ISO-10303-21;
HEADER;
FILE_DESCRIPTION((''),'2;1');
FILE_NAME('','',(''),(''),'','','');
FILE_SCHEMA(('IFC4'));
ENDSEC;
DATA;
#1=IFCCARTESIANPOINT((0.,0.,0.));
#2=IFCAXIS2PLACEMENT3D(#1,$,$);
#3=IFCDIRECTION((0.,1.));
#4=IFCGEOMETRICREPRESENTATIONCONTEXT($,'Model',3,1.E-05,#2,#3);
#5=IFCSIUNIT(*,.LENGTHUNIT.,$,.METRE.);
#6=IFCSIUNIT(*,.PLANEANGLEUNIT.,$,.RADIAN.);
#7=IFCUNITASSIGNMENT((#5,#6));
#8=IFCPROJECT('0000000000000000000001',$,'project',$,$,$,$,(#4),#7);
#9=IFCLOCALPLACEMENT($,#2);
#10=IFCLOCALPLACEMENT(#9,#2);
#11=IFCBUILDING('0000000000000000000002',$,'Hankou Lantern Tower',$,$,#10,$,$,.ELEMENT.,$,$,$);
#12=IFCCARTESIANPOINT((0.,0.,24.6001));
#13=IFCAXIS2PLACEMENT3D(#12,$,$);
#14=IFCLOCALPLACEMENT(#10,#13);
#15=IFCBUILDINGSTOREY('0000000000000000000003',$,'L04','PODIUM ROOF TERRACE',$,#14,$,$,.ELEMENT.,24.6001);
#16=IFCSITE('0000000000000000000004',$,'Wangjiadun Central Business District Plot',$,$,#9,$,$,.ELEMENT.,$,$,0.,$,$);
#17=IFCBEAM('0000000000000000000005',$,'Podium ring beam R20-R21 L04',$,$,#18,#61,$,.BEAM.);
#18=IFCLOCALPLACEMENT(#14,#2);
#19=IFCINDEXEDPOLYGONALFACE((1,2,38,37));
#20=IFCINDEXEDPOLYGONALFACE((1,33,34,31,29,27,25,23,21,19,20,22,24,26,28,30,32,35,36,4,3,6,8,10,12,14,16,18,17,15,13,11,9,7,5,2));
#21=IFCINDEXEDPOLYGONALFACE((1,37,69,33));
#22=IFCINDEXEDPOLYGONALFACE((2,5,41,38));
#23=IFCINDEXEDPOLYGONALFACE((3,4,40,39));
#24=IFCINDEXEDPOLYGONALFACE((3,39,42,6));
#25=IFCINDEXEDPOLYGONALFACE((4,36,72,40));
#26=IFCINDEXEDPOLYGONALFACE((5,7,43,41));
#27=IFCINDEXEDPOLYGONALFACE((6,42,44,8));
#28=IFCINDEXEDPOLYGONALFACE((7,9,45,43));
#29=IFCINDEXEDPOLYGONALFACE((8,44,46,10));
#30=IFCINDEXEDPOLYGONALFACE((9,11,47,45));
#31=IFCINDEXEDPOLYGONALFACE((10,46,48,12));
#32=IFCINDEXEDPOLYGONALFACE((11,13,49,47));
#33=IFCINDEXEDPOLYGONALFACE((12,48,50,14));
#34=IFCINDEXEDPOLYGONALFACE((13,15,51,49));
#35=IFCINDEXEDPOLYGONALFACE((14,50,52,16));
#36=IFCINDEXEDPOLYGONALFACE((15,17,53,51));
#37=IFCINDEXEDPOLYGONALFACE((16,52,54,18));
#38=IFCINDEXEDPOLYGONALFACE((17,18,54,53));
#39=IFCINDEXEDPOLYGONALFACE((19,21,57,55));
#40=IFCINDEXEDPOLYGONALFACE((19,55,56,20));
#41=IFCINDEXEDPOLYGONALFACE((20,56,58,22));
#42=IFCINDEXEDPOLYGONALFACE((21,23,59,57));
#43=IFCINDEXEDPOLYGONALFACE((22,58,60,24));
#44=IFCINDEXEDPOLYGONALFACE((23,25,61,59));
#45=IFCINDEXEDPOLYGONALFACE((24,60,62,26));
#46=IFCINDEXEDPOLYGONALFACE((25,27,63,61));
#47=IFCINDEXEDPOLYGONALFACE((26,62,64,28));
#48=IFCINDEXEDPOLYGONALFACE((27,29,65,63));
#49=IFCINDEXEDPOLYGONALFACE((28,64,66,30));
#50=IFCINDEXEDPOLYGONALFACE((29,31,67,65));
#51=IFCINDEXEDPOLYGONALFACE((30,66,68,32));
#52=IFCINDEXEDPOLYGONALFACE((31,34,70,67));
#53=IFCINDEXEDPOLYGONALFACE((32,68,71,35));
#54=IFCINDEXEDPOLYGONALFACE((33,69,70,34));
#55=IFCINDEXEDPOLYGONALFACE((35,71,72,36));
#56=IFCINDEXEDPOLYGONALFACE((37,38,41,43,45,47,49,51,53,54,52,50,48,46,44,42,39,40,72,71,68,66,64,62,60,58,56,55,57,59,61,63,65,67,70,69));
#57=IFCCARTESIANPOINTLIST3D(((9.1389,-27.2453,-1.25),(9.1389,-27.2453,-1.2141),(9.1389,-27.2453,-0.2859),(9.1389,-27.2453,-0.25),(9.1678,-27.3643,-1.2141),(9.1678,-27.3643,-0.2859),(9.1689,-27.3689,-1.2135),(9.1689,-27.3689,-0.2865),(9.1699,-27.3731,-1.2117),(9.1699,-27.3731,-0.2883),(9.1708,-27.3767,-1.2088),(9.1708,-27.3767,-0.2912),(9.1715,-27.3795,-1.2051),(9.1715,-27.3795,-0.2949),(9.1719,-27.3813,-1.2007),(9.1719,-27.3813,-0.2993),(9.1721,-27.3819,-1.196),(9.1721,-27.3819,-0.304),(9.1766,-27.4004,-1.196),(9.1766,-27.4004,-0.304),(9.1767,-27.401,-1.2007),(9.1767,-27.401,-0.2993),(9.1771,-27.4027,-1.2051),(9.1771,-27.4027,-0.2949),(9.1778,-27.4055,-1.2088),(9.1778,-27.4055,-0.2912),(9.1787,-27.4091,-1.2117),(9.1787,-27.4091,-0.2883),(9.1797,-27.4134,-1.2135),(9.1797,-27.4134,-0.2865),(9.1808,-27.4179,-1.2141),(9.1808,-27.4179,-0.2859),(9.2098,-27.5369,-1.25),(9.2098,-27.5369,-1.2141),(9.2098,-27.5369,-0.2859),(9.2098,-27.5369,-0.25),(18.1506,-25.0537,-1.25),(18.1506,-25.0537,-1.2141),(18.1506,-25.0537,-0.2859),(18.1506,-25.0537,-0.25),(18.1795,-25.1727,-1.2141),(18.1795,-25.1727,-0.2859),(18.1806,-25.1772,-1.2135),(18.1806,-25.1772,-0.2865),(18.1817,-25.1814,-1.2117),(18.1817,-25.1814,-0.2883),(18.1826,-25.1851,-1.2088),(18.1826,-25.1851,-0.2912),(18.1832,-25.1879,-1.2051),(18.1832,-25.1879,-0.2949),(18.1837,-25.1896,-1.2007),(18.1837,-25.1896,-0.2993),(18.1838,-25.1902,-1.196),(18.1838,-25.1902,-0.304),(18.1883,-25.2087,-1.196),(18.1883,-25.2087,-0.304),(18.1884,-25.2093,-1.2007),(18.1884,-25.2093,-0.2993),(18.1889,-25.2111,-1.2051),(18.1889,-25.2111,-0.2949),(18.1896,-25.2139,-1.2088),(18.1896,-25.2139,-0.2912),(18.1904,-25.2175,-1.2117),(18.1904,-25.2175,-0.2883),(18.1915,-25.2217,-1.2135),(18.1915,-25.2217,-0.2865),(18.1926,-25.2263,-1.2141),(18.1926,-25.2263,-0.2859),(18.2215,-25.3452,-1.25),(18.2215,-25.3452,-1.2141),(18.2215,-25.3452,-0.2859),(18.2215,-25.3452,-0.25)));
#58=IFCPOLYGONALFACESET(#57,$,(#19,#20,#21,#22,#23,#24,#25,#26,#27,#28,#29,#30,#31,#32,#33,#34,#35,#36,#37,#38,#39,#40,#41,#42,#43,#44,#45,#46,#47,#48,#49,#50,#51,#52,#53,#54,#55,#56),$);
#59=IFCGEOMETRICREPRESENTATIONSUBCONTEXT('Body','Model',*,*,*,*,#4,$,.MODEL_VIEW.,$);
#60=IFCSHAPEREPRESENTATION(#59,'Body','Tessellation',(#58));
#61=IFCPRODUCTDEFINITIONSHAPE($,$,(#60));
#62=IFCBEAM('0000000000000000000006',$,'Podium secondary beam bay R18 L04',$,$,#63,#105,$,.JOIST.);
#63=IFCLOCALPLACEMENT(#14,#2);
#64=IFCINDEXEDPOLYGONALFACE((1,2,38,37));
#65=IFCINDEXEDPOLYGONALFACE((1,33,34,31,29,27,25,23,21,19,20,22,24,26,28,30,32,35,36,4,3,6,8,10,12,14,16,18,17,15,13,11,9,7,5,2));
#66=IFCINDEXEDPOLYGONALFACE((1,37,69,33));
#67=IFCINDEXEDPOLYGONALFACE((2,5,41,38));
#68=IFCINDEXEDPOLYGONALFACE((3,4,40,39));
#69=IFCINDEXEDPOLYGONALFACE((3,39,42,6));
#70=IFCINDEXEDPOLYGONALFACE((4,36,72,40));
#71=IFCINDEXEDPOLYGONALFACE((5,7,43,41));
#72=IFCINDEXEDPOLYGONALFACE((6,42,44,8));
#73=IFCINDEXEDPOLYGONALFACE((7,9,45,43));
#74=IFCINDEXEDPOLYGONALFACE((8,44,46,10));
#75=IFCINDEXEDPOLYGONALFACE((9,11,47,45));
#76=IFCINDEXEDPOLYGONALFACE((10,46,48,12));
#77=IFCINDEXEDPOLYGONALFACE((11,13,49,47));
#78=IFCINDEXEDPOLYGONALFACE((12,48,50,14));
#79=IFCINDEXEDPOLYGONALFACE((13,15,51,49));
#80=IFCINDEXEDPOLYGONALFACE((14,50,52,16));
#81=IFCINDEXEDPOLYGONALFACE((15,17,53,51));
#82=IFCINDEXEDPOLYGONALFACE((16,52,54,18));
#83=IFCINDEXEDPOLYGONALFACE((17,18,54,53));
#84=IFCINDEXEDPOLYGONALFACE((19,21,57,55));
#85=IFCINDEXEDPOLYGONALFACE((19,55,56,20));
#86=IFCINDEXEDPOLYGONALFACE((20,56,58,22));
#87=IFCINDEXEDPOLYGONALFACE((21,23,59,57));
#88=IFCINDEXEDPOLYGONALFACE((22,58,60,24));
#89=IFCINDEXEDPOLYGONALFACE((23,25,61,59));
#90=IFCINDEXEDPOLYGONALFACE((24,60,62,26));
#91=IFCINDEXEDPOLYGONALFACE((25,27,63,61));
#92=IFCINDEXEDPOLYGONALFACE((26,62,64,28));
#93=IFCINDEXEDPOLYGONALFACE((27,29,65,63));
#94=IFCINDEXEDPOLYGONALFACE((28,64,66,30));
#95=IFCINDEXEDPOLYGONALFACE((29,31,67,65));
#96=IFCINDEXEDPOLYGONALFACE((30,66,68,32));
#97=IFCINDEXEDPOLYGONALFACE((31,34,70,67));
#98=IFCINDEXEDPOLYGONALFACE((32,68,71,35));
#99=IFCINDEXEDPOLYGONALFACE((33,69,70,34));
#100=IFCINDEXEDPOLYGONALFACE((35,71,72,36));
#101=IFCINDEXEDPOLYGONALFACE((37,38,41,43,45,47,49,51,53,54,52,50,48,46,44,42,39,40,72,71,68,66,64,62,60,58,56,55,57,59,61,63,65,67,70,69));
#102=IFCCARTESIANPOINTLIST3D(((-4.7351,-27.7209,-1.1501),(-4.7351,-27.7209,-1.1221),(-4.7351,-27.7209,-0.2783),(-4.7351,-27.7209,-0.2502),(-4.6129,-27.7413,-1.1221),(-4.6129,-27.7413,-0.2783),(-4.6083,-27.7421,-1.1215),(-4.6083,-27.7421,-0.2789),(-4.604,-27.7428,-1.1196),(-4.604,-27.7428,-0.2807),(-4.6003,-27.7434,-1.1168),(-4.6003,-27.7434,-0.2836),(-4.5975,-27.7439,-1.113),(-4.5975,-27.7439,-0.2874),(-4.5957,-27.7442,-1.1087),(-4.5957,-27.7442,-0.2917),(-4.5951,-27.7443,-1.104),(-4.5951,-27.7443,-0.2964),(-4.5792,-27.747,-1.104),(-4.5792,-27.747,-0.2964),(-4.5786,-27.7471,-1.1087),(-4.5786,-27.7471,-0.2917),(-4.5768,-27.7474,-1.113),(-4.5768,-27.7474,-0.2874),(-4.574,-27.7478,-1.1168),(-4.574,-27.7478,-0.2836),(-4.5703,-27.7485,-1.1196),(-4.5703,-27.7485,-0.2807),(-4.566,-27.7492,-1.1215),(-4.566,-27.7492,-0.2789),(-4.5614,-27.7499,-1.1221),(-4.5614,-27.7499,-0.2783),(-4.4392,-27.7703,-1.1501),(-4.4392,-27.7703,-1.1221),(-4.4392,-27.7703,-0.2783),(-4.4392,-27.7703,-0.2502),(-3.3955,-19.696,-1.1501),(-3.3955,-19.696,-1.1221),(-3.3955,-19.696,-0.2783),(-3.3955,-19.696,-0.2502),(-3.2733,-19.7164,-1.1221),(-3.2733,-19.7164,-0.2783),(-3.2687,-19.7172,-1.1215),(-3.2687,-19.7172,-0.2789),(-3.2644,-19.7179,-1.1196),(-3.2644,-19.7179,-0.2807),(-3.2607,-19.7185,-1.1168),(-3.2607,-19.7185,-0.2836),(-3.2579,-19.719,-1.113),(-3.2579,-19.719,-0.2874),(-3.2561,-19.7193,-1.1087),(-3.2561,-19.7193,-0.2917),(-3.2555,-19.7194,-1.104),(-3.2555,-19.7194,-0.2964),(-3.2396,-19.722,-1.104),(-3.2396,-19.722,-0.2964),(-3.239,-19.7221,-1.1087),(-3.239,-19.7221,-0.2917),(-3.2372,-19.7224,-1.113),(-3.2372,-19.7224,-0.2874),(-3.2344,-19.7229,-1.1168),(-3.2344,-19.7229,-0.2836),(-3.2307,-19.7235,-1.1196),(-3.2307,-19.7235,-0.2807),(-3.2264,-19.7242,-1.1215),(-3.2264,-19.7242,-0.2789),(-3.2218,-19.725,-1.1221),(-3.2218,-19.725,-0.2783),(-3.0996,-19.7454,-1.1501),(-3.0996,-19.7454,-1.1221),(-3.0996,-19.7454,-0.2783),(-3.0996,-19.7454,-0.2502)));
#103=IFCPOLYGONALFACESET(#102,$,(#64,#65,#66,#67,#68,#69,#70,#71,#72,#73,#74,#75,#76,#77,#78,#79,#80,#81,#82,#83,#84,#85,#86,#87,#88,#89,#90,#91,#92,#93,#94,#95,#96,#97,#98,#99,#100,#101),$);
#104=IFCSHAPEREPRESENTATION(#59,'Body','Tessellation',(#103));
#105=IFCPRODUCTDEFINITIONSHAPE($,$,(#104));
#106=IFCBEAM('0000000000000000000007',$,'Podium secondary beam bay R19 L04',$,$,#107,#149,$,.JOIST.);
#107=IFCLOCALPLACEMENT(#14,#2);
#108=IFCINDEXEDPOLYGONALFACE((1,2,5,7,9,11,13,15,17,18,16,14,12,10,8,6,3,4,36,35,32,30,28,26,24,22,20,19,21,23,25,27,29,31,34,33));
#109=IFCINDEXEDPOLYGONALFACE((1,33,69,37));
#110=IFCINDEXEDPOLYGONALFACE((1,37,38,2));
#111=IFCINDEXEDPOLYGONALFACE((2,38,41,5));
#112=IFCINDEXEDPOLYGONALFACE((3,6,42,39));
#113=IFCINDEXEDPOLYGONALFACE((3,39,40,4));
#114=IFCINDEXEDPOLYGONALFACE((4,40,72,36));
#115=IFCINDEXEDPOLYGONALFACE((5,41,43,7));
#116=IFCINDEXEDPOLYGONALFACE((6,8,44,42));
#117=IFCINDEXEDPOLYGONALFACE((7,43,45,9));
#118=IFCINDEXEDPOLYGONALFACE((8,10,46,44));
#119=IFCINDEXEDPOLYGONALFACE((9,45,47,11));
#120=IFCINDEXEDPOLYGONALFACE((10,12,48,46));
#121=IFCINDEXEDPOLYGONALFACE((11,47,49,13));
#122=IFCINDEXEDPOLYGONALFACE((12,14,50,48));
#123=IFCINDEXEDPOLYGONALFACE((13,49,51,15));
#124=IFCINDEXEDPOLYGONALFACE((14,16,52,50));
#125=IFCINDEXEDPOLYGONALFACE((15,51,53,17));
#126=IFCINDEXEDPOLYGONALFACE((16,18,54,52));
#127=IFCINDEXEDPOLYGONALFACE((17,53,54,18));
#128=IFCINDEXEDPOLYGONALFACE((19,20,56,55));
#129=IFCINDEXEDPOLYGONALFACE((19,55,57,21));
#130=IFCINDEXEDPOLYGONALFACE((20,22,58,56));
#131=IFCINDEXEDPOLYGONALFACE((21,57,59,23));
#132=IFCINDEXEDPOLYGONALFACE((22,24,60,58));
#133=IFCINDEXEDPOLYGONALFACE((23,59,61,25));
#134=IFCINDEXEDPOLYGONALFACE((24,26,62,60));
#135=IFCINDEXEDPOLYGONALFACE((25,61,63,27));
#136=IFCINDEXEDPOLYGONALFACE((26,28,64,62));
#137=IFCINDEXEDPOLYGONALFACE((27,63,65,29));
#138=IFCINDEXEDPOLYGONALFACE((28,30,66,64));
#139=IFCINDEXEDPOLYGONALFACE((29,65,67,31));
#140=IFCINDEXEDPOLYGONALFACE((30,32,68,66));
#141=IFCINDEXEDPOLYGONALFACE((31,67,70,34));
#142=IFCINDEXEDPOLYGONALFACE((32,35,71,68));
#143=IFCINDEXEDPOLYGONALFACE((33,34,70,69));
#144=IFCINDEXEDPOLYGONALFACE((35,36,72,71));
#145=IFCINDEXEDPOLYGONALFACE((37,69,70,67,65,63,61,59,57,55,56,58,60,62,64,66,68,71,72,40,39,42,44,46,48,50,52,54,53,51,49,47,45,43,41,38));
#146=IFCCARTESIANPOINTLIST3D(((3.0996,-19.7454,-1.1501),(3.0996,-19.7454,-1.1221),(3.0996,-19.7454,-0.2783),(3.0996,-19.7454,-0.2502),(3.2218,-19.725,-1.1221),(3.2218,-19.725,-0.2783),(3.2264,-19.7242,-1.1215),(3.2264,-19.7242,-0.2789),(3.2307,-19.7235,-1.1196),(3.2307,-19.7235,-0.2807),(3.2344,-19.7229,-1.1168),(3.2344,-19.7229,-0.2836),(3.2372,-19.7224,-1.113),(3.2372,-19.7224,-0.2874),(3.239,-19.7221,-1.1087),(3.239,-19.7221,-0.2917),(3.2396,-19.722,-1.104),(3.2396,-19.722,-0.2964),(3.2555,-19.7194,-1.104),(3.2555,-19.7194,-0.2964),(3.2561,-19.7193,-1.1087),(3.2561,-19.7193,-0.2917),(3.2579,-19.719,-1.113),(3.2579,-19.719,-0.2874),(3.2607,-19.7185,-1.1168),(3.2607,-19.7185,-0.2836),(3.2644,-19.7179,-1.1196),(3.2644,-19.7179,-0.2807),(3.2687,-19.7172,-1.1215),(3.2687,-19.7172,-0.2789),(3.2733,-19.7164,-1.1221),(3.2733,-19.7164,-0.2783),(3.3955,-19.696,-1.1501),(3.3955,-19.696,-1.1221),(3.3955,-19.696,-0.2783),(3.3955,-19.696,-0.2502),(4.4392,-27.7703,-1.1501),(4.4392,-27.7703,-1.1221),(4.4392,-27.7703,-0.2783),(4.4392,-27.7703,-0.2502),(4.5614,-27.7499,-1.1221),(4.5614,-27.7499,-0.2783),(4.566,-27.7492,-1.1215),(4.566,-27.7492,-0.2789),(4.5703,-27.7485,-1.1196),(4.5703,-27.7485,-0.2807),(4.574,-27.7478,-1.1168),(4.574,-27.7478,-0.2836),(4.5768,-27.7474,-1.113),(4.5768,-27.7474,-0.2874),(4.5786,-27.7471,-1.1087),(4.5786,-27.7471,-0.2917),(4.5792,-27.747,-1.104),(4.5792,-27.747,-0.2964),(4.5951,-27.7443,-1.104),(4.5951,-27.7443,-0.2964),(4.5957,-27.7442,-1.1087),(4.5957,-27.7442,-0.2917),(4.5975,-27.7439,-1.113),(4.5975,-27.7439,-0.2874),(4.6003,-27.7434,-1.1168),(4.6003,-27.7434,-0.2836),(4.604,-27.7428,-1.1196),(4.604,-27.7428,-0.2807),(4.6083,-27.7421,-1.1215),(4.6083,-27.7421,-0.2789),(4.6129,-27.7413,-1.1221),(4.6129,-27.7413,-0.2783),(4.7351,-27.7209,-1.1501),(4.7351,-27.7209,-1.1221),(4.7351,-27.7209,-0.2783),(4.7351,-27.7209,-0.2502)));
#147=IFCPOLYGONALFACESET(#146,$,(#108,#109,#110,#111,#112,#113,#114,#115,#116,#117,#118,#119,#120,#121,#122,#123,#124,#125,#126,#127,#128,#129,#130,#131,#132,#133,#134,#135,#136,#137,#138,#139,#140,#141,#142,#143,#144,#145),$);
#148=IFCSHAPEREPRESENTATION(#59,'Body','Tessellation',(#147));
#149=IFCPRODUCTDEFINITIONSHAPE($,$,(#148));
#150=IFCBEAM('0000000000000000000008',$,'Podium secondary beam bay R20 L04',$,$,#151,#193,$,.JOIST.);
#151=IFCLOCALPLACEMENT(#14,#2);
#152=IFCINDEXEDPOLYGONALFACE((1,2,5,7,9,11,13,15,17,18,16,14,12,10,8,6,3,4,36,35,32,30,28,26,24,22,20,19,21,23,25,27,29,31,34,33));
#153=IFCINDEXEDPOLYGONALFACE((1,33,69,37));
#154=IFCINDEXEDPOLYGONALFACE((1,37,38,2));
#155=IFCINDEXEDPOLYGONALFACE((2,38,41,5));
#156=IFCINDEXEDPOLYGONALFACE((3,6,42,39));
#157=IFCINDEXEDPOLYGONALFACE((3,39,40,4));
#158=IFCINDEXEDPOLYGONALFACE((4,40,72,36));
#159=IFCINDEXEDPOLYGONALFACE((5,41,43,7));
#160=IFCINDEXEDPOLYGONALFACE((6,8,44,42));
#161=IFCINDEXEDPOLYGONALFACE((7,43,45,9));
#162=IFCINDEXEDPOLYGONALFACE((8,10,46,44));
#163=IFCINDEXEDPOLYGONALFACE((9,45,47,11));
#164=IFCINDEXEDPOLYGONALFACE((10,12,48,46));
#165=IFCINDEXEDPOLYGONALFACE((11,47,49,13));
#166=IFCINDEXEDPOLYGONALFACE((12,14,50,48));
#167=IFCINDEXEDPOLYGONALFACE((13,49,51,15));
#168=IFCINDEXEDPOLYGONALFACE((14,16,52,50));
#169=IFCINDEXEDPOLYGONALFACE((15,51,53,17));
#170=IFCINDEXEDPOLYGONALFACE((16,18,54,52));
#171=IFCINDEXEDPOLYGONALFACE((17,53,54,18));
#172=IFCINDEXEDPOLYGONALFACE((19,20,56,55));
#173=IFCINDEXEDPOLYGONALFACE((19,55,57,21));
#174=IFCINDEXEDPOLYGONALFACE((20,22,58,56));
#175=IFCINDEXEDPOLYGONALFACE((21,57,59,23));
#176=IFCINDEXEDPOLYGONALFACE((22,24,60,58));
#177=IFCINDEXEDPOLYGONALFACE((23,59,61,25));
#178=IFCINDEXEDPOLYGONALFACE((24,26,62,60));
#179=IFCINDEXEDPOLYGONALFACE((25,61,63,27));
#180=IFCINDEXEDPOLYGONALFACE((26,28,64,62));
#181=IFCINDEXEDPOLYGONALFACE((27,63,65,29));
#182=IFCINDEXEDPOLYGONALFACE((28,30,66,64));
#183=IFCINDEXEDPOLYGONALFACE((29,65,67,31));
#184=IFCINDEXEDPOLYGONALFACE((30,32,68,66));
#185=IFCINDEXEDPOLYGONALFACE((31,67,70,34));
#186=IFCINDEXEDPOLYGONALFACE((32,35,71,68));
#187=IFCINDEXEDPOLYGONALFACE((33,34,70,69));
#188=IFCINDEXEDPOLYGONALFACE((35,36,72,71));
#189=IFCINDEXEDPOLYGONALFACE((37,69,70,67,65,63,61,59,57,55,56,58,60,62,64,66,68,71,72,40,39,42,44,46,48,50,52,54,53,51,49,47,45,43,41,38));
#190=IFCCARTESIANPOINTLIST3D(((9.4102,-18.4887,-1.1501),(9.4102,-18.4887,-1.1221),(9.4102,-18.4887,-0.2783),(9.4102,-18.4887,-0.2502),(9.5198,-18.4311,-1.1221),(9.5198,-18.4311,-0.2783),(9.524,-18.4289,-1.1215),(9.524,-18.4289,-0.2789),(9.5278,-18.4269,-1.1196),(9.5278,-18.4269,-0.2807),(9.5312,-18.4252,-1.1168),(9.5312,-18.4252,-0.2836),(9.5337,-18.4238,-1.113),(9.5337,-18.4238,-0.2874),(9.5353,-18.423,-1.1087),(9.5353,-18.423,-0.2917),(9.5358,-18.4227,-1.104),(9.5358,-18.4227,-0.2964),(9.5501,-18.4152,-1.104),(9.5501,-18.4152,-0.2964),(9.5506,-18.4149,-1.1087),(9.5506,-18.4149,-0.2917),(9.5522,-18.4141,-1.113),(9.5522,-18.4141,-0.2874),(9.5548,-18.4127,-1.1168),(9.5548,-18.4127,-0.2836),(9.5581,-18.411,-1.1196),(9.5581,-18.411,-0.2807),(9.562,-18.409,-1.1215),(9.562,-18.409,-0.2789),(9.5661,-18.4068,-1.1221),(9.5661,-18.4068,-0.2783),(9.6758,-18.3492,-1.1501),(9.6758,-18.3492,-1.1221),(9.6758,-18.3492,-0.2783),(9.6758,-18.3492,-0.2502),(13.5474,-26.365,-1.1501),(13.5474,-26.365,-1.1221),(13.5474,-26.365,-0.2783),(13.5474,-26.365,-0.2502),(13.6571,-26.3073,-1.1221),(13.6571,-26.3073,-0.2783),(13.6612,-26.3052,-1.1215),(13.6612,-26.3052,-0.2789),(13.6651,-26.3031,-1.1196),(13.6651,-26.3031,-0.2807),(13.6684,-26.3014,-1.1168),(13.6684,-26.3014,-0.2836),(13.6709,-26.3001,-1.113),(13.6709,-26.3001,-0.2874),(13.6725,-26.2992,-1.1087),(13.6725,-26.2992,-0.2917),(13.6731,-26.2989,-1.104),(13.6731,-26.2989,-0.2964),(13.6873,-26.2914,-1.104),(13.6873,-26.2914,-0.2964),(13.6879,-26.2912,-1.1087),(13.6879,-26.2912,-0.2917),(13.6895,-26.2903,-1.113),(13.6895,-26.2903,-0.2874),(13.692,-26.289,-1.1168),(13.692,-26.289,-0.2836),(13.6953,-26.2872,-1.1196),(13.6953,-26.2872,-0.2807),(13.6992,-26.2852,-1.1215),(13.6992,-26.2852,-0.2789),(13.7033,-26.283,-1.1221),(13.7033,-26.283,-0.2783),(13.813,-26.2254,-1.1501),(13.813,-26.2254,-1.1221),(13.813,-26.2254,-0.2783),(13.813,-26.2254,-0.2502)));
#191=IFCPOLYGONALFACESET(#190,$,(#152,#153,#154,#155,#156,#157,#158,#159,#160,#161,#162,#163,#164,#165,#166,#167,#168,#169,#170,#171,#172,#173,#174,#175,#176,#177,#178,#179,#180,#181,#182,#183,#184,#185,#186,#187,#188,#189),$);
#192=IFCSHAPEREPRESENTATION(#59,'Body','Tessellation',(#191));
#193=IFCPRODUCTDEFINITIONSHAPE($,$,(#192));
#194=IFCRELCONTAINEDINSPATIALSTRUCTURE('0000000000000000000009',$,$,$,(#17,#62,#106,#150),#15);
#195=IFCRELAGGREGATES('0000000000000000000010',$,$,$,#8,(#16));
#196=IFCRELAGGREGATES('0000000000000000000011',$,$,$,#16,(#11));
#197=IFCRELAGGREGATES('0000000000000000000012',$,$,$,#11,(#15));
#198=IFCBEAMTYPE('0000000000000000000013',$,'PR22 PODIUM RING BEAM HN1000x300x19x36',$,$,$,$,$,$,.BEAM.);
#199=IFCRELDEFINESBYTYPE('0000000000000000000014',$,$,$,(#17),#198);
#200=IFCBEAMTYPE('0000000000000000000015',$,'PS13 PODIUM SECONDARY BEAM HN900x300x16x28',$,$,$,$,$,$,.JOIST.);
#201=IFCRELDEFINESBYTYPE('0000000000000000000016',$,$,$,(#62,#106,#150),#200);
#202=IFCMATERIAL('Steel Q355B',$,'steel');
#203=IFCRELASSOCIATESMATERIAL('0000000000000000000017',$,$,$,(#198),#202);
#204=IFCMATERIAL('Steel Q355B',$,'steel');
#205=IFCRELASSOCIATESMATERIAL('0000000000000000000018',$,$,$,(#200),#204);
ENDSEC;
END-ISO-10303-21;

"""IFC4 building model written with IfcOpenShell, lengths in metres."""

from ifc_helpers import new_model, si_unit, direction, frame, origin, origin_2d, place, context, subcontext, project, spatial, i_section, extrude, material, material_profile, profile_set, type_object, element, save


model = new_model("IFC4")

# Units and contexts
model_context = context("Model", 3, precision=1e-05, world=origin(), true_north=direction((0.0, 1.0)))
body_context = subcontext(model_context, "Body", "Model", "MODEL_VIEW")
ifc_project = project(units=[si_unit("LENGTHUNIT", "METRE"), si_unit("PLANEANGLEUNIT", "RADIAN")], contexts=[model_context])

# Site, building, storey
site_placement = place(None, origin())
site = spatial("IfcSite", under=ifc_project, at=site_placement, Name="Wangjiadun Central Business District Plot", CompositionType="ELEMENT", RefElevation=0.0)
building_placement = place(site_placement, origin())
building = spatial("IfcBuilding", under=site, at=building_placement, Name="Hankou Lantern Tower", CompositionType="ELEMENT")
storey_placement = place(building_placement, frame((0.0, 0.0, 24.6001)))
storey = spatial("IfcBuildingStorey", under=building, at=storey_placement, Name="L04", Description="PODIUM ROOF TERRACE", CompositionType="ELEMENT", Elevation=24.6001)

# Beams
ifc_material_1 = material(Name="Steel Q355B", Category="steel")
ifc_material_profile_1 = material_profile(ifc_material_1, i_section(OverallWidth=0.3, OverallDepth=1.0, WebThickness=0.019, FlangeThickness=0.0359, FilletRadius=0.0181, at=origin_2d()), Name="HN1000x300x19x36")
ifc_profile_set_1 = profile_set([ifc_material_profile_1], Name="Steel Q355B")
beam_type_1 = type_object("IfcBeamType", Name="PR22 PODIUM RING BEAM HN1000x300x19x36", PredefinedType="BEAM", material=ifc_profile_set_1)
beam_1_placement = place(storey_placement, frame((9.1743, -27.3911, -0.75), z_axis=(0.971677, 0.236312, 0.0), x_axis=(-0.236312, 0.971677, 0.0)))
element("IfcBeam", 1, at=beam_1_placement, inside=storey, type_object=beam_type_1, Name="Podium ring beam R20-R21 L04", PredefinedType="BEAM", context=body_context, shape_type="SweptSolid", body=[
    extrude(i_section(OverallWidth=0.3, OverallDepth=1.0, WebThickness=0.019, FlangeThickness=0.0359, FilletRadius=0.0181, at=origin_2d()), origin(), (0.0, 0.0, 1.0), 9.2744),
])
ifc_material_2 = material(Name="Steel Q355B", Category="steel")
ifc_material_profile_2 = material_profile(ifc_material_2, i_section(OverallWidth=0.3, OverallDepth=0.8999, WebThickness=0.0161, FlangeThickness=0.0281, FilletRadius=0.0181, at=origin_2d()), Name="HN900x300x16x28")
ifc_profile_set_2 = profile_set([ifc_material_profile_2], Name="Steel Q355B")
beam_type_2 = type_object("IfcBeamType", Name="PS13 PODIUM SECONDARY BEAM HN900x300x16x28", PredefinedType="JOIST", material=ifc_profile_set_2)
for number, where, z_axis, x_axis, name in (
    (2, (-3.2476, -19.7207, -0.7002), (-0.164652, -0.986352, 0.0), (0.986352, -0.164652, 0.0), "Podium secondary beam bay R18 L04"),
    (3, (3.2476, -19.7207, -0.7002), (0.164652, -0.986352, 0.0), (0.986352, 0.164652, 0.0), "Podium secondary beam bay R19 L04"),
):
    element("IfcBeam", number, at=place(storey_placement, frame(where, z_axis=z_axis, x_axis=x_axis)), inside=storey, type_object=beam_type_2, Name=name, PredefinedType="JOIST", context=body_context, shape_type="SweptSolid", body=[
        extrude(i_section(OverallWidth=0.3, OverallDepth=0.8999, WebThickness=0.0161, FlangeThickness=0.0281, FilletRadius=0.0181, at=origin_2d()), origin(), (0.0, 0.0, 1.0), 8.136),
    ])
beam_2_placement = place(storey_placement, frame((9.543, -18.4189, -0.7002), z_axis=(0.465027, -0.885297, 0.0), x_axis=(0.885297, 0.465027, 0.0)))
element("IfcBeam", 4, at=beam_2_placement, inside=storey, type_object=beam_type_2, Name="Podium secondary beam bay R20 L04", PredefinedType="JOIST", context=body_context, shape_type="SweptSolid", body=[
    extrude(i_section(OverallWidth=0.3, OverallDepth=0.8999, WebThickness=0.0161, FlangeThickness=0.0281, FilletRadius=0.0181, at=origin_2d()), origin(), (0.0, 0.0, 1.0), 8.8967),
])

save(model, "model.ifc")
